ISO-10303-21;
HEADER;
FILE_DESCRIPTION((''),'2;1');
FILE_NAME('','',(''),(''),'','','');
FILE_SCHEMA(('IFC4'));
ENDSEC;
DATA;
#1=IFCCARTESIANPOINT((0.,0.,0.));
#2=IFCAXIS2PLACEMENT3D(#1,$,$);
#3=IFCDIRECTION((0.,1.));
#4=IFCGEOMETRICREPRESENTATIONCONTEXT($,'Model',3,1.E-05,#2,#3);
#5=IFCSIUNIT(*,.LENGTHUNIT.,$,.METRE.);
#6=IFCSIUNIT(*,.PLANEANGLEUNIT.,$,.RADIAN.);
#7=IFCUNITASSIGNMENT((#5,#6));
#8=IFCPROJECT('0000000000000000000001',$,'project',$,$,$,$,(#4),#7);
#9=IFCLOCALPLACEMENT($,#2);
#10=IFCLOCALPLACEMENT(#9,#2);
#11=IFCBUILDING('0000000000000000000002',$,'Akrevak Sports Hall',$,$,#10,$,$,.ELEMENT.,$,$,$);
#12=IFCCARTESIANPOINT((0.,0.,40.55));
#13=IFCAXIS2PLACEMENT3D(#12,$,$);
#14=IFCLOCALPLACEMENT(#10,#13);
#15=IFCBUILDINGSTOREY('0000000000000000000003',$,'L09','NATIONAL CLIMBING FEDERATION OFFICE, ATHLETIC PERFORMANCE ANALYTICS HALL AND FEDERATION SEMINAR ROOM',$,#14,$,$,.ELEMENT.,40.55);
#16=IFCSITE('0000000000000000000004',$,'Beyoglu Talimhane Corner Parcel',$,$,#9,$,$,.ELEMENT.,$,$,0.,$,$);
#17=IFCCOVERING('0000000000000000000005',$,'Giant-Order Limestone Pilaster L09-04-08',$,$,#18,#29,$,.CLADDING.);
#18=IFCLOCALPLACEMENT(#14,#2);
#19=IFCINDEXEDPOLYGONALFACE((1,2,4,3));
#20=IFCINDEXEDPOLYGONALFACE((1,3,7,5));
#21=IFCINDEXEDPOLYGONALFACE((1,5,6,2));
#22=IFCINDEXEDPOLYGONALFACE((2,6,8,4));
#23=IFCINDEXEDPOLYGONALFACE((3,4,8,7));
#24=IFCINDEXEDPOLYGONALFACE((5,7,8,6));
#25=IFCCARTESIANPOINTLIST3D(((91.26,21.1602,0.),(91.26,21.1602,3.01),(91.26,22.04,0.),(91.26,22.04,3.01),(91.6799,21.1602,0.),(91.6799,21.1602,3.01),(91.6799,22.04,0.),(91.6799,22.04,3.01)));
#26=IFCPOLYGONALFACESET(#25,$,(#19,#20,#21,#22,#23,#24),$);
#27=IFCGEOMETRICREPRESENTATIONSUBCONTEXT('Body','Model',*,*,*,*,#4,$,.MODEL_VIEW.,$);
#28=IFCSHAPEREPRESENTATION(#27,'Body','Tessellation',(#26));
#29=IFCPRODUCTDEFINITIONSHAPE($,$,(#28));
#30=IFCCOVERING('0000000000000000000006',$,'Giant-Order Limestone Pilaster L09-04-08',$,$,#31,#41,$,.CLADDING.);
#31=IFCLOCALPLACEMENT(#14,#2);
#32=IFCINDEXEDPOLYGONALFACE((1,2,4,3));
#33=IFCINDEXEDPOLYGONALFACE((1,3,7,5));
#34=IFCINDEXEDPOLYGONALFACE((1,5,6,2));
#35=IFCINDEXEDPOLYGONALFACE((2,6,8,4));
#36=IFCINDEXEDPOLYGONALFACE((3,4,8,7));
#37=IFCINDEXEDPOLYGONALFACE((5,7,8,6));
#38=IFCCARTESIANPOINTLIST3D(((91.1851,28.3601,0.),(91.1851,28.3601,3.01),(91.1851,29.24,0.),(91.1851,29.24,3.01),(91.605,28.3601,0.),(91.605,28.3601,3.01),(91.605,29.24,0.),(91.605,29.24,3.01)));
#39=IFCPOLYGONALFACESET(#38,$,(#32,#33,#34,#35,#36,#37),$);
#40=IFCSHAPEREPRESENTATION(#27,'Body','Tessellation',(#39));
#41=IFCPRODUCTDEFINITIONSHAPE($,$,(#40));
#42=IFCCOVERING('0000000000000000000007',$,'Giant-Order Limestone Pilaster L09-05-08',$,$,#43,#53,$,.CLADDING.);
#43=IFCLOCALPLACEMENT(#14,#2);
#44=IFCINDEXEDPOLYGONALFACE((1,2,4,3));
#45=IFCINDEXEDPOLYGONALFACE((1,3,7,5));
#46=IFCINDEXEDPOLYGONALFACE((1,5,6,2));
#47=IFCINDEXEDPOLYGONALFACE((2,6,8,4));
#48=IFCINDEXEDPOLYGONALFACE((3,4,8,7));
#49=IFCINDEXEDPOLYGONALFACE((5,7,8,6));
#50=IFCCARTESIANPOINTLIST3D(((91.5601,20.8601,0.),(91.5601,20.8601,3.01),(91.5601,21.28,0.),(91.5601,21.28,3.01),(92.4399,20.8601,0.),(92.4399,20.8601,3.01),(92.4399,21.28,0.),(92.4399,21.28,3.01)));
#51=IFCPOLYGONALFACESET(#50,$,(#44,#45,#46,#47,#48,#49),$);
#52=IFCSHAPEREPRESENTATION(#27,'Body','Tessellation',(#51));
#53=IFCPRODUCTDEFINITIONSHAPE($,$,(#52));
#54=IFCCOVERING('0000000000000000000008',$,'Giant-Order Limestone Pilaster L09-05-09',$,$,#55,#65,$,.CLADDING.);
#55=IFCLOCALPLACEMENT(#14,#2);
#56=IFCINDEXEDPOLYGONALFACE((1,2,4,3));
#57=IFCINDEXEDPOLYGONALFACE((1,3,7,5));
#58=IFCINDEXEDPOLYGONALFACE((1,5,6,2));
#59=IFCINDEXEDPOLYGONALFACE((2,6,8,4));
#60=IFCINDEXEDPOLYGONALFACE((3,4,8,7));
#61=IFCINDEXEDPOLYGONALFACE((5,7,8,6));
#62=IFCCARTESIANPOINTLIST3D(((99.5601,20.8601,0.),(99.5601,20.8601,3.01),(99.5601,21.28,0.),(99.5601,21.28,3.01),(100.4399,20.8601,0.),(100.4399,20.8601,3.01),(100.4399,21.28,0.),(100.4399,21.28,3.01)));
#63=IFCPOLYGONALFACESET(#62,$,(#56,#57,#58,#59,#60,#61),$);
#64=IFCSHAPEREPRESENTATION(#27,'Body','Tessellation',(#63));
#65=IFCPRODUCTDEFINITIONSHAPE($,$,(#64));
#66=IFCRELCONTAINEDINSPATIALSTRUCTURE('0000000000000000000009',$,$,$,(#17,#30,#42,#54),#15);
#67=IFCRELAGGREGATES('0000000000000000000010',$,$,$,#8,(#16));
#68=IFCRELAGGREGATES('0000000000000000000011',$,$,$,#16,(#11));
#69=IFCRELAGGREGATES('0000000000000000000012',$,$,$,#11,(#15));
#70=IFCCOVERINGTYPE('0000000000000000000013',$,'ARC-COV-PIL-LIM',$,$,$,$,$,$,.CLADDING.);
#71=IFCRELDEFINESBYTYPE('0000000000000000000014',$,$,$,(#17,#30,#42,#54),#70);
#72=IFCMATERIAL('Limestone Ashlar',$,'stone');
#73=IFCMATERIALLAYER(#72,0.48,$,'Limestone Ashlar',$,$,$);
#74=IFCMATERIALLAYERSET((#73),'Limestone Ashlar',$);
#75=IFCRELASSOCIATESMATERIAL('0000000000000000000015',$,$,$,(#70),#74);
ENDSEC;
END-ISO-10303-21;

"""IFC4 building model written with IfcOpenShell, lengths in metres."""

from ifc_helpers import new_model, si_unit, direction, frame, origin, origin_2d, place, context, subcontext, project, spatial, rectangle, extrude, material, layer, layer_set, type_object, element, save


model = new_model("IFC4")

# Units and contexts
model_context = context("Model", 3, precision=1e-05, world=origin(), true_north=direction((0.0, 1.0)))
body_context = subcontext(model_context, "Body", "Model", "MODEL_VIEW")
ifc_project = project(units=[si_unit("LENGTHUNIT", "METRE"), si_unit("PLANEANGLEUNIT", "RADIAN")], contexts=[model_context])

# Site, building, storey
site_placement = place(None, origin())
site = spatial("IfcSite", under=ifc_project, at=site_placement, Name="Beyoglu Talimhane Corner Parcel", CompositionType="ELEMENT", RefElevation=0.0)
building_placement = place(site_placement, origin())
building = spatial("IfcBuilding", under=site, at=building_placement, Name="Akrevak Sports Hall", CompositionType="ELEMENT")
storey_placement = place(building_placement, frame((0.0, 0.0, 40.55)))
storey = spatial("IfcBuildingStorey", under=building, at=storey_placement, Name="L09", Description="NATIONAL CLIMBING FEDERATION OFFICE, ATHLETIC PERFORMANCE ANALYTICS HALL AND FEDERATION SEMINAR ROOM", CompositionType="ELEMENT", Elevation=40.55)

# Shared definitions
ifc_material_1 = material(Name="Limestone Ashlar", Category="stone")

# Coverings
ifc_layer_1 = layer(ifc_material_1, 0.48, Name="Limestone Ashlar")
ifc_layer_set_1 = layer_set([ifc_layer_1], Name="Limestone Ashlar")
covering_type_1 = type_object("IfcCoveringType", Name="ARC-COV-PIL-LIM", PredefinedType="CLADDING", material=ifc_layer_set_1)
for number, where, z_axis, x_axis, name in (
    (1, (91.47, 21.6001, 0.0), (0.0, 0.0, 1.0), (0.0, -1.0, 0.0), "Giant-Order Limestone Pilaster L09-04-08"),
    (2, (91.395, 28.8, 0.0), (0.0, 0.0, 1.0), (0.0, -1.0, 0.0), "Giant-Order Limestone Pilaster L09-04-08"),
    (3, (92.0, 21.0701, 0.0), (0.0, 0.0, 1.0), (1.0, 0.0, 0.0), "Giant-Order Limestone Pilaster L09-05-08"),
    (4, (100.0, 21.0701, 0.0), (0.0, 0.0, 1.0), (1.0, 0.0, 0.0), "Giant-Order Limestone Pilaster L09-05-09"),
):
    element("IfcCovering", number, at=place(storey_placement, frame(where, z_axis=z_axis, x_axis=x_axis)), inside=storey, type_object=covering_type_1, Name=name, PredefinedType="CLADDING", context=body_context, shape_type="SweptSolid", body=[
        extrude(rectangle(XDim=0.8799, YDim=0.4199, at=origin_2d()), origin(), (0.0, 0.0, 1.0), 3.01),
    ])

save(model, "model.ifc")
